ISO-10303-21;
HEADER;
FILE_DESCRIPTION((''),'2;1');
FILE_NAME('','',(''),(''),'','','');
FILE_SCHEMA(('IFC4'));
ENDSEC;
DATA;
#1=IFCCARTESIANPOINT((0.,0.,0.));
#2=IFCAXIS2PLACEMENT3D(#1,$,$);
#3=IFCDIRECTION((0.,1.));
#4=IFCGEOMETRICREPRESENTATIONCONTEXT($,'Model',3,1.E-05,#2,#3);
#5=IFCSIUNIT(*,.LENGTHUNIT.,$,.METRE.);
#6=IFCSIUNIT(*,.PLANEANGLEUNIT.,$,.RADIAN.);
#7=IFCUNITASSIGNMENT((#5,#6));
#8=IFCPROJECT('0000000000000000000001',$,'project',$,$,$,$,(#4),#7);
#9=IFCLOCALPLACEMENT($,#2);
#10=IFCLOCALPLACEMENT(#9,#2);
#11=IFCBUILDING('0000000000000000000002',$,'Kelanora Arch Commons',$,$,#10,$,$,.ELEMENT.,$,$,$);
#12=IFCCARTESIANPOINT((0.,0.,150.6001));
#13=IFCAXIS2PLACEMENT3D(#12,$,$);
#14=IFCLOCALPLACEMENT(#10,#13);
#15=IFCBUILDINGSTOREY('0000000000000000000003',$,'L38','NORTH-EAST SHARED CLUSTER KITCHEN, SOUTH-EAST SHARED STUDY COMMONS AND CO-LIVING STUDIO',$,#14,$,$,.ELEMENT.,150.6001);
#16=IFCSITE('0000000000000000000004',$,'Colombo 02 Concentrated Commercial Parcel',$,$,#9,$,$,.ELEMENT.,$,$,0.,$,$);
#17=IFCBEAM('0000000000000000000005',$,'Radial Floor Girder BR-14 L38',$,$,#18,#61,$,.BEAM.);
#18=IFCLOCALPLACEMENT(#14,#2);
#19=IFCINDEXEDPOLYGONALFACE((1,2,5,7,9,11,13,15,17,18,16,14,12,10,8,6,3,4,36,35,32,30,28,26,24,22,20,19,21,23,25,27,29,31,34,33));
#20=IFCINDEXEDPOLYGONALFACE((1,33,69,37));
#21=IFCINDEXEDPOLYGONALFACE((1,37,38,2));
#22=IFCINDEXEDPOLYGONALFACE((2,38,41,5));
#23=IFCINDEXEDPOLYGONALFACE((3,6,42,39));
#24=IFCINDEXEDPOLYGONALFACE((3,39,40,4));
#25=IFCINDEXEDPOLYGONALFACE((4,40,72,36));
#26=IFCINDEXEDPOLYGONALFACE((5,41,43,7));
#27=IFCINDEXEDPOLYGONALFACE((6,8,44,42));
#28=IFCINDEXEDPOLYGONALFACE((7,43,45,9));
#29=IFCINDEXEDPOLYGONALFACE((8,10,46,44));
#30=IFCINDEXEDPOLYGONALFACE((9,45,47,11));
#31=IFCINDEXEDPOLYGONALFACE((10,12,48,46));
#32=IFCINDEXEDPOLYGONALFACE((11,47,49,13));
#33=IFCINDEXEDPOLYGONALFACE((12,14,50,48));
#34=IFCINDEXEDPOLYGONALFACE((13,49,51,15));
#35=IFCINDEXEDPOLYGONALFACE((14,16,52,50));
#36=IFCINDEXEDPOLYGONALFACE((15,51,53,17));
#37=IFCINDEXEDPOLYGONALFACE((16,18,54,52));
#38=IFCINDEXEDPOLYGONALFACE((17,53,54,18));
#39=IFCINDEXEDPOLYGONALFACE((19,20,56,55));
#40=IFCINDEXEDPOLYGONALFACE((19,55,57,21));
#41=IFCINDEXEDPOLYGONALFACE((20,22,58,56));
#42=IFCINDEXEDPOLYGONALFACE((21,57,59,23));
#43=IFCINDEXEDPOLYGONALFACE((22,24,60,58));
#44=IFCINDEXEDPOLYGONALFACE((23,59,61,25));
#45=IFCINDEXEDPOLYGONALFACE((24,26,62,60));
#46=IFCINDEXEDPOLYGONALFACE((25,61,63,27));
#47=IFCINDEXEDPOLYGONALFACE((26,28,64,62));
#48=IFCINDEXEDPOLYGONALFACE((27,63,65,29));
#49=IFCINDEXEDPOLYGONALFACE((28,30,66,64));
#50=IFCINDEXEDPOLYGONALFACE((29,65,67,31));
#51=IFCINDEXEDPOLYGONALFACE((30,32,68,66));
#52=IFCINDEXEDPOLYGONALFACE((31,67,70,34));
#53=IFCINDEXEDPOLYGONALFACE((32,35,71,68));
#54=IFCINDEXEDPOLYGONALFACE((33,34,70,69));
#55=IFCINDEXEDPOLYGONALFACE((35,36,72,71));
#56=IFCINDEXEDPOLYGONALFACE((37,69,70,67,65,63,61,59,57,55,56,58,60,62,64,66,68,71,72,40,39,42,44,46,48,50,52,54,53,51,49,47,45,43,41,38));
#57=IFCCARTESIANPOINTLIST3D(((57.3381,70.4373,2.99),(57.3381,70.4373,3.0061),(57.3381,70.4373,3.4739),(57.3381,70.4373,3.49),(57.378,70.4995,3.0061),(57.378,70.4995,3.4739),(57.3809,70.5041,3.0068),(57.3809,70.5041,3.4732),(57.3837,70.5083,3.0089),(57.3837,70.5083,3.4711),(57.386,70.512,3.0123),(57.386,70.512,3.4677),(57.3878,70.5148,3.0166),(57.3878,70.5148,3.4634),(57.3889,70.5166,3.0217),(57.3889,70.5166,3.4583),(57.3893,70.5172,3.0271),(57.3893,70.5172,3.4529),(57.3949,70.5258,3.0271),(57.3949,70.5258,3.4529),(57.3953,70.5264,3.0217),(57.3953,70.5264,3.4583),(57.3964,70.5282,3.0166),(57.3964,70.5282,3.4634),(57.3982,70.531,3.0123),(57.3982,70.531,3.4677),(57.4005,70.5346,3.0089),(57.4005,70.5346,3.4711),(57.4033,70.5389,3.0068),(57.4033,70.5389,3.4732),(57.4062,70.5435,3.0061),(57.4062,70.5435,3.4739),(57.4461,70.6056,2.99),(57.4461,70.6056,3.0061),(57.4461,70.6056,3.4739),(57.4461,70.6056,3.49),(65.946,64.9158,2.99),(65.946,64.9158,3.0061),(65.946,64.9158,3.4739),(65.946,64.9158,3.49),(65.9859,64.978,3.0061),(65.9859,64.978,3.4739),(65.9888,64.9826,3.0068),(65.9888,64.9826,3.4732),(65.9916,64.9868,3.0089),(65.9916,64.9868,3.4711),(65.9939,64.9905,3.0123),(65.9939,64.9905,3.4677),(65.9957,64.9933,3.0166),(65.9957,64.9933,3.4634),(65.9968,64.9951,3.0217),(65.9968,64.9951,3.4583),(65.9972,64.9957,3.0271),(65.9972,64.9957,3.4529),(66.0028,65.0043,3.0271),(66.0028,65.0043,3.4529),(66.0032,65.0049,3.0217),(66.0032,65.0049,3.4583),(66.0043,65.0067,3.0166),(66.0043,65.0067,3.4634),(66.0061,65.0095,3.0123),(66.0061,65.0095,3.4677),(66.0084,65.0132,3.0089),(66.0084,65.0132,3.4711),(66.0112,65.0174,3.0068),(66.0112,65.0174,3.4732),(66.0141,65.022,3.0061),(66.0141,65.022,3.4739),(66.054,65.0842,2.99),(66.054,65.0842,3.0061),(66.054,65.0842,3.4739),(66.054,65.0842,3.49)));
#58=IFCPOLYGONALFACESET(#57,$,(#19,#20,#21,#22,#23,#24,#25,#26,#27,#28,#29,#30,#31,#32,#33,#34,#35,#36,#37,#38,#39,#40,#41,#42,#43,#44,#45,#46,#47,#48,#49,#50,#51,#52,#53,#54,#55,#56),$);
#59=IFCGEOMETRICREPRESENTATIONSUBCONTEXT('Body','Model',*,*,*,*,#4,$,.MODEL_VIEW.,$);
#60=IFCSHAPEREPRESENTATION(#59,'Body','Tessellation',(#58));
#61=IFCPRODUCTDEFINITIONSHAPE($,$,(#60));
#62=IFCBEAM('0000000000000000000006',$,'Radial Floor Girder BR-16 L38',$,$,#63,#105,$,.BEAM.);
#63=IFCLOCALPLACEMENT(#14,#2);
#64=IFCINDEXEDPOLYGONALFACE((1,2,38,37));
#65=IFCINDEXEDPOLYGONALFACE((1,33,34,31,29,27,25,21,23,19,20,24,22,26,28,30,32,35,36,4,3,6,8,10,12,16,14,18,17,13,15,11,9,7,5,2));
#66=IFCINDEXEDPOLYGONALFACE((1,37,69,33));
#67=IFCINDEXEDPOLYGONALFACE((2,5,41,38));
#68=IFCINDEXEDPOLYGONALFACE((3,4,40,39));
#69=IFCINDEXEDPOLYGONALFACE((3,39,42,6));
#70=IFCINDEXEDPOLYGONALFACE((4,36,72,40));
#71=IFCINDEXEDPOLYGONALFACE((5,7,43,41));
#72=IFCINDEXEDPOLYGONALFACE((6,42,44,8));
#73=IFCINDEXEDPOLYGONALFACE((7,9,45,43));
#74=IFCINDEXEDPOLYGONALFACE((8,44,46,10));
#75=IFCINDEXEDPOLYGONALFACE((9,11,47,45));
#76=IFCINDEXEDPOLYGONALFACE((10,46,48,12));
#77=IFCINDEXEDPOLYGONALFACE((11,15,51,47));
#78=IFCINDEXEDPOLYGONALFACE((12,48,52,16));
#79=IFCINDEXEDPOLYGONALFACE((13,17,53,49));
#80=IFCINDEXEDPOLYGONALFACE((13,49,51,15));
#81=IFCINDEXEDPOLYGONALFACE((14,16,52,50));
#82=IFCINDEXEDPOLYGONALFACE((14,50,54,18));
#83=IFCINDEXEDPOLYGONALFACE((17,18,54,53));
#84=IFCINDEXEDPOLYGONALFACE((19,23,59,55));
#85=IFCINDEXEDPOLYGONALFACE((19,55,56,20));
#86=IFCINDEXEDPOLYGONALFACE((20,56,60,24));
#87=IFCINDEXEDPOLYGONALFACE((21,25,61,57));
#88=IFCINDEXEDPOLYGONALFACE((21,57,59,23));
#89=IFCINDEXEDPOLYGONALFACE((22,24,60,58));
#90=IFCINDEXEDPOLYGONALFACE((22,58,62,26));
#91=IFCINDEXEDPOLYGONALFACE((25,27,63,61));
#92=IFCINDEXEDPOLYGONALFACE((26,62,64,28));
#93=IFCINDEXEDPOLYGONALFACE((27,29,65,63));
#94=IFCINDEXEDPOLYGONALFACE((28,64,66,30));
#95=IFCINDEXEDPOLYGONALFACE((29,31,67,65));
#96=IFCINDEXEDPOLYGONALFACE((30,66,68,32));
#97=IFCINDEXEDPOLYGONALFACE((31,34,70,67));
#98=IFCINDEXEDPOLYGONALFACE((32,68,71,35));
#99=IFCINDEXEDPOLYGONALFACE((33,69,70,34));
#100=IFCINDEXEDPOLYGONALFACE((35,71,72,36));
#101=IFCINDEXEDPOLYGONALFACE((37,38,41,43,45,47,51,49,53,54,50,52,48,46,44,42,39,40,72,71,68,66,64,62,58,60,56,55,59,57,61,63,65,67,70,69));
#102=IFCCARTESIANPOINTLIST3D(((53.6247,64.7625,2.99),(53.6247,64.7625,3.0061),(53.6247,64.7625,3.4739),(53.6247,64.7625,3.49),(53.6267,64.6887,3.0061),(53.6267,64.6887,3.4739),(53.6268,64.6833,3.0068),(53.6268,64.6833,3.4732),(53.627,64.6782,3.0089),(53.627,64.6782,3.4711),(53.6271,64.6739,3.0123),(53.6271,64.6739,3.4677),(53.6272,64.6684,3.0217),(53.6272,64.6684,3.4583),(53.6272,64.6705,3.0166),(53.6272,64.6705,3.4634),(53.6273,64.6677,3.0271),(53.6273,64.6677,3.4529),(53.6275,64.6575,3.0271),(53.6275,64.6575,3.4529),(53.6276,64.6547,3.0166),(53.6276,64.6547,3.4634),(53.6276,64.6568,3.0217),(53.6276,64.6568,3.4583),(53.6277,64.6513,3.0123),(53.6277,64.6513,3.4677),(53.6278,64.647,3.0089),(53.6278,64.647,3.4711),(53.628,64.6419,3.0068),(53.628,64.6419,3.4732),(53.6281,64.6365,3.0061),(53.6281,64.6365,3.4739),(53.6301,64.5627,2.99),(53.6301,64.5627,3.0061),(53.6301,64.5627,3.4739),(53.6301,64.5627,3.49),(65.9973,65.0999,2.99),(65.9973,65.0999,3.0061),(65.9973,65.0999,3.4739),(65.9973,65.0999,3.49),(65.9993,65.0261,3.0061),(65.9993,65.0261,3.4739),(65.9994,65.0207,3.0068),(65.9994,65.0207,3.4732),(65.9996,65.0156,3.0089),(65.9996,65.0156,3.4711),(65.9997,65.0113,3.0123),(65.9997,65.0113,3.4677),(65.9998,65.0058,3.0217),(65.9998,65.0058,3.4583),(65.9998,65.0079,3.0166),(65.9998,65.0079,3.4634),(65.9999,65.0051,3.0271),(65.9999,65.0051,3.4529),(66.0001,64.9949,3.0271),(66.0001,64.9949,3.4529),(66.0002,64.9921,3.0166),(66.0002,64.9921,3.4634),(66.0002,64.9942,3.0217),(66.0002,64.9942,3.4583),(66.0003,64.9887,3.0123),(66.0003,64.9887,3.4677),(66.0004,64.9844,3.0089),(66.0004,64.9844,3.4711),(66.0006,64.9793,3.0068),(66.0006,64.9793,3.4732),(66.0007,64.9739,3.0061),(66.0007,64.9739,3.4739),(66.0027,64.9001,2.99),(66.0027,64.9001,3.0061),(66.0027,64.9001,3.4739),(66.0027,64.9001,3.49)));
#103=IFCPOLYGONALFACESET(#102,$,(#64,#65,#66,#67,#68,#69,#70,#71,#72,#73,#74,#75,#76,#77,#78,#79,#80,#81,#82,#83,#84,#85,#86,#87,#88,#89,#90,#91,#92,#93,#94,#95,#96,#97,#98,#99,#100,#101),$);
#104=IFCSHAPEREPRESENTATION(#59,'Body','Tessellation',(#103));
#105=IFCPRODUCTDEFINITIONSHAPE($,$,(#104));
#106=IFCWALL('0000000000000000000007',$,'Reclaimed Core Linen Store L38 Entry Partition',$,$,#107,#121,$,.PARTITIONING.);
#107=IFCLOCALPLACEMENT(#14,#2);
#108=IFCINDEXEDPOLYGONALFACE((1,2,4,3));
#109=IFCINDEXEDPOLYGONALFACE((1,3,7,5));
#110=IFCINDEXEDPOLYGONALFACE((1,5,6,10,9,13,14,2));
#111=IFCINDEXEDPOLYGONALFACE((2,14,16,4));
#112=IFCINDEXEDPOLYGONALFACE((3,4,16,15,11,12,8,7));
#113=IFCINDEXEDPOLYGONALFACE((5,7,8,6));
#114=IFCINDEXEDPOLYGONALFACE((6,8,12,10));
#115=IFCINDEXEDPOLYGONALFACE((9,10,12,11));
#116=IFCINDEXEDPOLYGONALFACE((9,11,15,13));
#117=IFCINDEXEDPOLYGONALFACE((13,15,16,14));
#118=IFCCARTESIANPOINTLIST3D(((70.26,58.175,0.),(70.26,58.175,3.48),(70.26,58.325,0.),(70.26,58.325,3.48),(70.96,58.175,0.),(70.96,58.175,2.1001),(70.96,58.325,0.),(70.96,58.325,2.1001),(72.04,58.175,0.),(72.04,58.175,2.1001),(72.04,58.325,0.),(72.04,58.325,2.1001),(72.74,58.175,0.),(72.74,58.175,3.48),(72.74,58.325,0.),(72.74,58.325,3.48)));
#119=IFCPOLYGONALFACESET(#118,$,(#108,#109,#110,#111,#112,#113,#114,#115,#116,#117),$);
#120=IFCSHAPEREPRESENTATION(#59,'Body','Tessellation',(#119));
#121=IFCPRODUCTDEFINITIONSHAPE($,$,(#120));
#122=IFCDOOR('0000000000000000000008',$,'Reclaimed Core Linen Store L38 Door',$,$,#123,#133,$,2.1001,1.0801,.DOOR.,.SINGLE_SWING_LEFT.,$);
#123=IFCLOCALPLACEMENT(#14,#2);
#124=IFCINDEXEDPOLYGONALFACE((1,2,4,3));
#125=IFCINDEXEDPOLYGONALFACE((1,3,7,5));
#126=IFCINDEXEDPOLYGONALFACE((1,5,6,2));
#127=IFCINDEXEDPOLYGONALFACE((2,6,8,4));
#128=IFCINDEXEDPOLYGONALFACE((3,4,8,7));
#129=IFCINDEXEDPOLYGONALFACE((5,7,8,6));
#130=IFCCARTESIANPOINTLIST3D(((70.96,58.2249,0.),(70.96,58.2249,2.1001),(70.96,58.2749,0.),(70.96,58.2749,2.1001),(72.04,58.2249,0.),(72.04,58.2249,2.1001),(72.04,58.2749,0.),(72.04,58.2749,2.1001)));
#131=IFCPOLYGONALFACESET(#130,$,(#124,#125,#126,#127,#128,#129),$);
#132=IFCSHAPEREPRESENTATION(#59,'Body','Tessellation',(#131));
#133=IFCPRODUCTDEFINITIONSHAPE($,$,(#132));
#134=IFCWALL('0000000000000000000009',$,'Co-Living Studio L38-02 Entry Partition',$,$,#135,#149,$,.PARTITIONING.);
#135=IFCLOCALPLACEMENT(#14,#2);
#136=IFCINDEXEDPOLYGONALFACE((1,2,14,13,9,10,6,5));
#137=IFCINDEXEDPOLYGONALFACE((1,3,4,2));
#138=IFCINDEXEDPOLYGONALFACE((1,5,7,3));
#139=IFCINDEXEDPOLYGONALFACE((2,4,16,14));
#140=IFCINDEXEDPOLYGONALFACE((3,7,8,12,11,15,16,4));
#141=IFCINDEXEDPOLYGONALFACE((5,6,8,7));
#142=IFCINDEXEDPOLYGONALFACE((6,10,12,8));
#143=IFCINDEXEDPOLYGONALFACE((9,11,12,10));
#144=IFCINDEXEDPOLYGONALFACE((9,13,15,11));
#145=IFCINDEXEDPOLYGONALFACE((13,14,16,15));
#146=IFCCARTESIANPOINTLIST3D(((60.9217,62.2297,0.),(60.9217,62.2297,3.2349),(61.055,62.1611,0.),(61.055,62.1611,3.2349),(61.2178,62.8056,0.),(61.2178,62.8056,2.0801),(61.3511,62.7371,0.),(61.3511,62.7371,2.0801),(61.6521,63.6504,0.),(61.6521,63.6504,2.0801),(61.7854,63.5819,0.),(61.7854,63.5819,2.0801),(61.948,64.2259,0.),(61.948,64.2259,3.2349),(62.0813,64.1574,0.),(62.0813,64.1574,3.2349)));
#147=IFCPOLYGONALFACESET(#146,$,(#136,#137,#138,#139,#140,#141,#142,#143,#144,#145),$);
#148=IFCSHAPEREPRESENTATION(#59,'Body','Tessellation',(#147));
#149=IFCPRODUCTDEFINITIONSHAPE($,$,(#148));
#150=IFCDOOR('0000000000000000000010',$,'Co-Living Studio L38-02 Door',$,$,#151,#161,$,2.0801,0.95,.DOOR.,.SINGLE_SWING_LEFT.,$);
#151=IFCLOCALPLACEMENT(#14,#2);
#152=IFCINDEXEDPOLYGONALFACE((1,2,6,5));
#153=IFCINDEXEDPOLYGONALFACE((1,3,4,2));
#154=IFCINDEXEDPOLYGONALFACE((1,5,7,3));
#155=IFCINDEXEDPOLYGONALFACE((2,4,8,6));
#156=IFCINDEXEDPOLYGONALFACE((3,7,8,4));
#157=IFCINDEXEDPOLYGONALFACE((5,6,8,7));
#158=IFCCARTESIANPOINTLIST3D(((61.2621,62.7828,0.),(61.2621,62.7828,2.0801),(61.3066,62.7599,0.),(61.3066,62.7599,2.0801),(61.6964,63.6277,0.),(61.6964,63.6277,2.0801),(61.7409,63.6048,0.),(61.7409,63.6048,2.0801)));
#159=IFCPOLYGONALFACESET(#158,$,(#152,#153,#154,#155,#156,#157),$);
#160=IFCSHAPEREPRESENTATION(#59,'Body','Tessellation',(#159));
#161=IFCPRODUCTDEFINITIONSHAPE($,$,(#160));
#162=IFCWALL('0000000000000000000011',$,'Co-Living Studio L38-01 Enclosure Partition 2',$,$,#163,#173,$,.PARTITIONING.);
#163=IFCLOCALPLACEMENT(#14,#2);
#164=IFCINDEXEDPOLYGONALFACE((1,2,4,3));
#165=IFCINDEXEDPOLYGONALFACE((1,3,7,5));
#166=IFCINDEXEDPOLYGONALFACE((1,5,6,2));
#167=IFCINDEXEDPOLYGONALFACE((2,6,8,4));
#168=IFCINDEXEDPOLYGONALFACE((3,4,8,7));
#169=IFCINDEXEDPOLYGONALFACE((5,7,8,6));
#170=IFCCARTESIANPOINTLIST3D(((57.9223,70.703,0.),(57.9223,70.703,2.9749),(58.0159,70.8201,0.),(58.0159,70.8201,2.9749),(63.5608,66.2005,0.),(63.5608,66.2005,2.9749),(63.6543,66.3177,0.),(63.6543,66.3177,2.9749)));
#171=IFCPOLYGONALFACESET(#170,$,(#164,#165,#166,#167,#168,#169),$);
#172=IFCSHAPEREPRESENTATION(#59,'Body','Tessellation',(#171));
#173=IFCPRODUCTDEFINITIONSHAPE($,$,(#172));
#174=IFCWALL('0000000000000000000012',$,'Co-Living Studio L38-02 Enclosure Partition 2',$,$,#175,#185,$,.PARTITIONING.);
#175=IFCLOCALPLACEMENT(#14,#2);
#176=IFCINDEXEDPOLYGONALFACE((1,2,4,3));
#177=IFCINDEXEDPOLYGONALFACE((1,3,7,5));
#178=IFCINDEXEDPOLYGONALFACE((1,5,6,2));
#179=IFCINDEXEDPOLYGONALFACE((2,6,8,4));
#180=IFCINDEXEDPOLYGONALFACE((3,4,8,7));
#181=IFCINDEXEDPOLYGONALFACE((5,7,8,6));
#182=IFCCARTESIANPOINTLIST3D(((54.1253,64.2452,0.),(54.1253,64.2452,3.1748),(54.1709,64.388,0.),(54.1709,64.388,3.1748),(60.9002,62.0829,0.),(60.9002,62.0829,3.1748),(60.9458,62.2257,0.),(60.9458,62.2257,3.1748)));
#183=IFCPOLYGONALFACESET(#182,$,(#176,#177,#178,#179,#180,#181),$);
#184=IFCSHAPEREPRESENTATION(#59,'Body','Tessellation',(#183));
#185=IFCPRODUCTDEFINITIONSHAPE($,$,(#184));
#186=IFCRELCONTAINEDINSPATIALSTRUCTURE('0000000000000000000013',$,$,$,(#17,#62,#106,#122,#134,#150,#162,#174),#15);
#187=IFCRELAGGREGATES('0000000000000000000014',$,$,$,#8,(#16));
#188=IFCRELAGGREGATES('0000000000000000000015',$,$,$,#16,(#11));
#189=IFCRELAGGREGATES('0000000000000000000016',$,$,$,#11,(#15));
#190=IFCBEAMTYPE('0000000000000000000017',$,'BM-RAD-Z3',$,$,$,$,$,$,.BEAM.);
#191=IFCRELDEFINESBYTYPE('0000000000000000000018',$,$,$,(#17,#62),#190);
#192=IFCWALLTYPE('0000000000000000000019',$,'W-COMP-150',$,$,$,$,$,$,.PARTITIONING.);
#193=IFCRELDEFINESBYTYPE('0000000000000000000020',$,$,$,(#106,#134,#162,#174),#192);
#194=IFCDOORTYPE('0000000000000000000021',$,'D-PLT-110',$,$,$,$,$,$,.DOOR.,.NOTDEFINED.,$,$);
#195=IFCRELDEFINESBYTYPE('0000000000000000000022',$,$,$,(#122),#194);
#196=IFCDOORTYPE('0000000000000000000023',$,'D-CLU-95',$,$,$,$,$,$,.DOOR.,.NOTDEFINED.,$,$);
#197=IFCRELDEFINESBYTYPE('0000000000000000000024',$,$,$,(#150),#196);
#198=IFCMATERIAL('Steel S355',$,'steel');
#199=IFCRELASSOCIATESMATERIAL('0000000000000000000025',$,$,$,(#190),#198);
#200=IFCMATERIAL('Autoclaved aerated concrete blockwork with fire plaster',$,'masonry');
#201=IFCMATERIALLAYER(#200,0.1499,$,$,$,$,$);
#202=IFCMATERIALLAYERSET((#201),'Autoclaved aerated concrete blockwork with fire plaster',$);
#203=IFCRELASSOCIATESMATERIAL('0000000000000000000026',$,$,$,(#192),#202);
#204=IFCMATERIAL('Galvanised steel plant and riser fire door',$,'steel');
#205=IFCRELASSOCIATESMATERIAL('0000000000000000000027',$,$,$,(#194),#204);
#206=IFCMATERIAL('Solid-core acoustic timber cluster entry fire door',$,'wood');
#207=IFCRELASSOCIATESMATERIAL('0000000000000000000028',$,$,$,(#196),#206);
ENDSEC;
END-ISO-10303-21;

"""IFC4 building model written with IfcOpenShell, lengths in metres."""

from ifc_helpers import new_model, si_unit, direction, frame, frame_2d, origin, origin_2d, place, context, subcontext, project, spatial, rectangle, i_section, extrude, material, layer, layer_set, material_profile, profile_set, type_object, element, fill, save


model = new_model("IFC4")

# Units and contexts
model_context = context("Model", 3, precision=1e-05, world=origin(), true_north=direction((0.0, 1.0)))
body_context = subcontext(model_context, "Body", "Model", "MODEL_VIEW")
ifc_project = project(units=[si_unit("LENGTHUNIT", "METRE"), si_unit("PLANEANGLEUNIT", "RADIAN")], contexts=[model_context])

# Site, building, storey
site_placement = place(None, origin())
site = spatial("IfcSite", under=ifc_project, at=site_placement, Name="Colombo 02 Concentrated Commercial Parcel", CompositionType="ELEMENT", RefElevation=0.0)
building_placement = place(site_placement, origin())
building = spatial("IfcBuilding", under=site, at=building_placement, Name="Kelanora Arch Commons", CompositionType="ELEMENT")
storey_placement = place(building_placement, frame((0.0, 0.0, 150.6001)))
storey = spatial("IfcBuildingStorey", under=building, at=storey_placement, Name="L38", Description="NORTH-EAST SHARED CLUSTER KITCHEN, SOUTH-EAST SHARED STUDY COMMONS AND CO-LIVING STUDIO", CompositionType="ELEMENT", Elevation=150.6001)

# Beams
ifc_material_1 = material(Name="Steel S355", Category="steel")
ifc_material_profile_1 = material_profile(ifc_material_1, i_section(OverallWidth=0.2, OverallDepth=0.5, WebThickness=0.0103, FlangeThickness=0.0161, FilletRadius=0.021, at=origin_2d()), Name="IPE500")
ifc_profile_set_1 = profile_set([ifc_material_profile_1], Name="Steel S355")
beam_type_1 = type_object("IfcBeamType", Name="BM-RAD-Z3", PredefinedType="BEAM", material=ifc_profile_set_1)
beam_1_placement = place(storey_placement, frame((66.0, 65.0, 3.24), z_axis=(-0.841719, 0.539915, 0.0), x_axis=(-0.539915, -0.841719, 0.0)))
element("IfcBeam", 1, at=beam_1_placement, inside=storey, type_object=beam_type_1, Name="Radial Floor Girder BR-14 L38", PredefinedType="BEAM", context=body_context, shape_type="SweptSolid", body=[
    extrude(i_section(OverallWidth=0.2, OverallDepth=0.5, WebThickness=0.0103, FlangeThickness=0.0161, FilletRadius=0.021, at=origin_2d()), origin(), (0.0, 0.0, 1.0), 10.2266),
])
beam_2_placement = place(storey_placement, frame((66.0, 65.0, 3.24), z_axis=(-0.999628, -0.02726, 0.0), x_axis=(0.02726, -0.999628, 0.0)))
element("IfcBeam", 2, at=beam_2_placement, inside=storey, type_object=beam_type_1, Name="Radial Floor Girder BR-16 L38", PredefinedType="BEAM", context=body_context, shape_type="SweptSolid", body=[
    extrude(i_section(OverallWidth=0.2, OverallDepth=0.5, WebThickness=0.0103, FlangeThickness=0.0161, FilletRadius=0.021, at=origin_2d()), origin(), (0.0, 0.0, 1.0), 12.3772),
])

# Walls, openings, doors
ifc_material_2 = material(Name="Autoclaved aerated concrete blockwork with fire plaster", Category="masonry")
ifc_layer_1 = layer(ifc_material_2, 0.1499)
ifc_layer_set_1 = layer_set([ifc_layer_1], Name="Autoclaved aerated concrete blockwork with fire plaster")
wall_type_1 = type_object("IfcWallType", Name="W-COMP-150", PredefinedType="PARTITIONING", material=ifc_layer_set_1)
wall_1_placement = place(storey_placement, frame((70.26, 58.25, 0.0), z_axis=(0.0, 0.0, 1.0), x_axis=(1.0, 0.0, 0.0)))
wall_1 = element("IfcWall", 3, at=wall_1_placement, inside=storey, type_object=wall_type_1, Name="Reclaimed Core Linen Store L38 Entry Partition", PredefinedType="PARTITIONING", context=body_context, shape_type="SweptSolid", body=[
    extrude(rectangle(XDim=2.48, YDim=0.1499, at=frame_2d((1.24, 0.0))), origin(), (0.0, 0.0, 1.0), 3.48),
])
opening_1_placement = place(wall_1_placement, frame((0.7, 0.0, 0.0)))
opening_1 = element("IfcOpeningElement", 4, at=opening_1_placement, cuts=wall_1, PredefinedType="OPENING", context=body_context, shape_type="SweptSolid", body=[
    extrude(rectangle(XDim=1.0801, YDim=2.1001, at=frame_2d((0.54, 1.05))), frame((0.0, 0.085, 0.0), z_axis=(0.0, -1.0, 0.0), x_axis=(1.0, 0.0, 0.0)), (0.0, 0.0, 1.0), 0.1699),
])
ifc_material_3 = material(Name="Galvanised steel plant and riser fire door", Category="steel")
door_type_1 = type_object("IfcDoorType", Name="D-PLT-110", OperationType="NOTDEFINED", PredefinedType="DOOR", material=ifc_material_3)
door_1_placement = place(opening_1_placement, origin())
door_1 = element("IfcDoor", 5, at=door_1_placement, inside=storey, type_object=door_type_1, Name="Reclaimed Core Linen Store L38 Door", OperationType="SINGLE_SWING_LEFT", OverallHeight=2.1001, OverallWidth=1.0801, PredefinedType="DOOR", context=body_context, shape_type="SweptSolid", body=[
    extrude(rectangle(XDim=1.0801, YDim=2.1001, at=frame_2d((0.54, 1.05))), frame((0.0, 0.0249, 0.0), z_axis=(0.0, -1.0, 0.0), x_axis=(1.0, 0.0, 0.0)), (0.0, 0.0, 1.0), 0.05),
])
fill(opening_1, door_1)
wall_2_placement = place(storey_placement, frame((62.0146, 64.1917, 0.0), z_axis=(0.0, 0.0, 1.0), x_axis=(-0.457235, -0.889346, 0.0)))
wall_2 = element("IfcWall", 6, at=wall_2_placement, inside=storey, type_object=wall_type_1, Name="Co-Living Studio L38-02 Entry Partition", PredefinedType="PARTITIONING", context=body_context, shape_type="SweptSolid", body=[
    extrude(rectangle(XDim=2.2446, YDim=0.1499, at=frame_2d((1.1223, 0.0))), origin(), (0.0, 0.0, 1.0), 3.2349),
])
opening_2_placement = place(wall_2_placement, frame((0.647, 0.0, 0.0)))
opening_2 = element("IfcOpeningElement", 7, at=opening_2_placement, cuts=wall_2, PredefinedType="OPENING", context=body_context, shape_type="SweptSolid", body=[
    extrude(rectangle(XDim=0.95, YDim=2.0801, at=frame_2d((0.4751, 1.04))), frame((0.0, 0.085, 0.0), z_axis=(0.0, -1.0, 0.0), x_axis=(1.0, 0.0, 0.0)), (0.0, 0.0, 1.0), 0.1699),
])
ifc_material_4 = material(Name="Solid-core acoustic timber cluster entry fire door", Category="wood")
door_type_2 = type_object("IfcDoorType", Name="D-CLU-95", OperationType="NOTDEFINED", PredefinedType="DOOR", material=ifc_material_4)
door_2_placement = place(opening_2_placement, origin())
door_2 = element("IfcDoor", 8, at=door_2_placement, inside=storey, type_object=door_type_2, Name="Co-Living Studio L38-02 Door", OperationType="SINGLE_SWING_LEFT", OverallHeight=2.0801, OverallWidth=0.95, PredefinedType="DOOR", context=body_context, shape_type="SweptSolid", body=[
    extrude(rectangle(XDim=0.95, YDim=2.0801, at=frame_2d((0.4751, 1.04))), frame((0.0, 0.0249, 0.0), z_axis=(0.0, -1.0, 0.0), x_axis=(1.0, 0.0, 0.0)), (0.0, 0.0, 1.0), 0.05),
])
fill(opening_2, door_2)

# Walls
wall_3_placement = place(storey_placement, frame((63.6077, 66.259, 0.0), z_axis=(0.0, 0.0, 1.0), x_axis=(-0.78143, 0.623993, 0.0)))
element("IfcWall", 9, at=wall_3_placement, inside=storey, type_object=wall_type_1, Name="Co-Living Studio L38-01 Enclosure Partition 2", PredefinedType="PARTITIONING", context=body_context, shape_type="SweptSolid", body=[
    extrude(rectangle(XDim=7.2156, YDim=0.1499, at=frame_2d((3.6079, 0.0))), origin(), (0.0, 0.0, 1.0), 2.9749),
])
wall_4_placement = place(storey_placement, frame((60.9229, 62.1543, 0.0), z_axis=(0.0, 0.0, 1.0), x_axis=(-0.952653, 0.304059, 0.0)))
element("IfcWall", 10, at=wall_4_placement, inside=storey, type_object=wall_type_1, Name="Co-Living Studio L38-02 Enclosure Partition 2", PredefinedType="PARTITIONING", context=body_context, shape_type="SweptSolid", body=[
    extrude(rectangle(XDim=7.1116, YDim=0.1499, at=frame_2d((3.5557, 0.0))), origin(), (0.0, 0.0, 1.0), 3.1748),
])

save(model, "model.ifc")
